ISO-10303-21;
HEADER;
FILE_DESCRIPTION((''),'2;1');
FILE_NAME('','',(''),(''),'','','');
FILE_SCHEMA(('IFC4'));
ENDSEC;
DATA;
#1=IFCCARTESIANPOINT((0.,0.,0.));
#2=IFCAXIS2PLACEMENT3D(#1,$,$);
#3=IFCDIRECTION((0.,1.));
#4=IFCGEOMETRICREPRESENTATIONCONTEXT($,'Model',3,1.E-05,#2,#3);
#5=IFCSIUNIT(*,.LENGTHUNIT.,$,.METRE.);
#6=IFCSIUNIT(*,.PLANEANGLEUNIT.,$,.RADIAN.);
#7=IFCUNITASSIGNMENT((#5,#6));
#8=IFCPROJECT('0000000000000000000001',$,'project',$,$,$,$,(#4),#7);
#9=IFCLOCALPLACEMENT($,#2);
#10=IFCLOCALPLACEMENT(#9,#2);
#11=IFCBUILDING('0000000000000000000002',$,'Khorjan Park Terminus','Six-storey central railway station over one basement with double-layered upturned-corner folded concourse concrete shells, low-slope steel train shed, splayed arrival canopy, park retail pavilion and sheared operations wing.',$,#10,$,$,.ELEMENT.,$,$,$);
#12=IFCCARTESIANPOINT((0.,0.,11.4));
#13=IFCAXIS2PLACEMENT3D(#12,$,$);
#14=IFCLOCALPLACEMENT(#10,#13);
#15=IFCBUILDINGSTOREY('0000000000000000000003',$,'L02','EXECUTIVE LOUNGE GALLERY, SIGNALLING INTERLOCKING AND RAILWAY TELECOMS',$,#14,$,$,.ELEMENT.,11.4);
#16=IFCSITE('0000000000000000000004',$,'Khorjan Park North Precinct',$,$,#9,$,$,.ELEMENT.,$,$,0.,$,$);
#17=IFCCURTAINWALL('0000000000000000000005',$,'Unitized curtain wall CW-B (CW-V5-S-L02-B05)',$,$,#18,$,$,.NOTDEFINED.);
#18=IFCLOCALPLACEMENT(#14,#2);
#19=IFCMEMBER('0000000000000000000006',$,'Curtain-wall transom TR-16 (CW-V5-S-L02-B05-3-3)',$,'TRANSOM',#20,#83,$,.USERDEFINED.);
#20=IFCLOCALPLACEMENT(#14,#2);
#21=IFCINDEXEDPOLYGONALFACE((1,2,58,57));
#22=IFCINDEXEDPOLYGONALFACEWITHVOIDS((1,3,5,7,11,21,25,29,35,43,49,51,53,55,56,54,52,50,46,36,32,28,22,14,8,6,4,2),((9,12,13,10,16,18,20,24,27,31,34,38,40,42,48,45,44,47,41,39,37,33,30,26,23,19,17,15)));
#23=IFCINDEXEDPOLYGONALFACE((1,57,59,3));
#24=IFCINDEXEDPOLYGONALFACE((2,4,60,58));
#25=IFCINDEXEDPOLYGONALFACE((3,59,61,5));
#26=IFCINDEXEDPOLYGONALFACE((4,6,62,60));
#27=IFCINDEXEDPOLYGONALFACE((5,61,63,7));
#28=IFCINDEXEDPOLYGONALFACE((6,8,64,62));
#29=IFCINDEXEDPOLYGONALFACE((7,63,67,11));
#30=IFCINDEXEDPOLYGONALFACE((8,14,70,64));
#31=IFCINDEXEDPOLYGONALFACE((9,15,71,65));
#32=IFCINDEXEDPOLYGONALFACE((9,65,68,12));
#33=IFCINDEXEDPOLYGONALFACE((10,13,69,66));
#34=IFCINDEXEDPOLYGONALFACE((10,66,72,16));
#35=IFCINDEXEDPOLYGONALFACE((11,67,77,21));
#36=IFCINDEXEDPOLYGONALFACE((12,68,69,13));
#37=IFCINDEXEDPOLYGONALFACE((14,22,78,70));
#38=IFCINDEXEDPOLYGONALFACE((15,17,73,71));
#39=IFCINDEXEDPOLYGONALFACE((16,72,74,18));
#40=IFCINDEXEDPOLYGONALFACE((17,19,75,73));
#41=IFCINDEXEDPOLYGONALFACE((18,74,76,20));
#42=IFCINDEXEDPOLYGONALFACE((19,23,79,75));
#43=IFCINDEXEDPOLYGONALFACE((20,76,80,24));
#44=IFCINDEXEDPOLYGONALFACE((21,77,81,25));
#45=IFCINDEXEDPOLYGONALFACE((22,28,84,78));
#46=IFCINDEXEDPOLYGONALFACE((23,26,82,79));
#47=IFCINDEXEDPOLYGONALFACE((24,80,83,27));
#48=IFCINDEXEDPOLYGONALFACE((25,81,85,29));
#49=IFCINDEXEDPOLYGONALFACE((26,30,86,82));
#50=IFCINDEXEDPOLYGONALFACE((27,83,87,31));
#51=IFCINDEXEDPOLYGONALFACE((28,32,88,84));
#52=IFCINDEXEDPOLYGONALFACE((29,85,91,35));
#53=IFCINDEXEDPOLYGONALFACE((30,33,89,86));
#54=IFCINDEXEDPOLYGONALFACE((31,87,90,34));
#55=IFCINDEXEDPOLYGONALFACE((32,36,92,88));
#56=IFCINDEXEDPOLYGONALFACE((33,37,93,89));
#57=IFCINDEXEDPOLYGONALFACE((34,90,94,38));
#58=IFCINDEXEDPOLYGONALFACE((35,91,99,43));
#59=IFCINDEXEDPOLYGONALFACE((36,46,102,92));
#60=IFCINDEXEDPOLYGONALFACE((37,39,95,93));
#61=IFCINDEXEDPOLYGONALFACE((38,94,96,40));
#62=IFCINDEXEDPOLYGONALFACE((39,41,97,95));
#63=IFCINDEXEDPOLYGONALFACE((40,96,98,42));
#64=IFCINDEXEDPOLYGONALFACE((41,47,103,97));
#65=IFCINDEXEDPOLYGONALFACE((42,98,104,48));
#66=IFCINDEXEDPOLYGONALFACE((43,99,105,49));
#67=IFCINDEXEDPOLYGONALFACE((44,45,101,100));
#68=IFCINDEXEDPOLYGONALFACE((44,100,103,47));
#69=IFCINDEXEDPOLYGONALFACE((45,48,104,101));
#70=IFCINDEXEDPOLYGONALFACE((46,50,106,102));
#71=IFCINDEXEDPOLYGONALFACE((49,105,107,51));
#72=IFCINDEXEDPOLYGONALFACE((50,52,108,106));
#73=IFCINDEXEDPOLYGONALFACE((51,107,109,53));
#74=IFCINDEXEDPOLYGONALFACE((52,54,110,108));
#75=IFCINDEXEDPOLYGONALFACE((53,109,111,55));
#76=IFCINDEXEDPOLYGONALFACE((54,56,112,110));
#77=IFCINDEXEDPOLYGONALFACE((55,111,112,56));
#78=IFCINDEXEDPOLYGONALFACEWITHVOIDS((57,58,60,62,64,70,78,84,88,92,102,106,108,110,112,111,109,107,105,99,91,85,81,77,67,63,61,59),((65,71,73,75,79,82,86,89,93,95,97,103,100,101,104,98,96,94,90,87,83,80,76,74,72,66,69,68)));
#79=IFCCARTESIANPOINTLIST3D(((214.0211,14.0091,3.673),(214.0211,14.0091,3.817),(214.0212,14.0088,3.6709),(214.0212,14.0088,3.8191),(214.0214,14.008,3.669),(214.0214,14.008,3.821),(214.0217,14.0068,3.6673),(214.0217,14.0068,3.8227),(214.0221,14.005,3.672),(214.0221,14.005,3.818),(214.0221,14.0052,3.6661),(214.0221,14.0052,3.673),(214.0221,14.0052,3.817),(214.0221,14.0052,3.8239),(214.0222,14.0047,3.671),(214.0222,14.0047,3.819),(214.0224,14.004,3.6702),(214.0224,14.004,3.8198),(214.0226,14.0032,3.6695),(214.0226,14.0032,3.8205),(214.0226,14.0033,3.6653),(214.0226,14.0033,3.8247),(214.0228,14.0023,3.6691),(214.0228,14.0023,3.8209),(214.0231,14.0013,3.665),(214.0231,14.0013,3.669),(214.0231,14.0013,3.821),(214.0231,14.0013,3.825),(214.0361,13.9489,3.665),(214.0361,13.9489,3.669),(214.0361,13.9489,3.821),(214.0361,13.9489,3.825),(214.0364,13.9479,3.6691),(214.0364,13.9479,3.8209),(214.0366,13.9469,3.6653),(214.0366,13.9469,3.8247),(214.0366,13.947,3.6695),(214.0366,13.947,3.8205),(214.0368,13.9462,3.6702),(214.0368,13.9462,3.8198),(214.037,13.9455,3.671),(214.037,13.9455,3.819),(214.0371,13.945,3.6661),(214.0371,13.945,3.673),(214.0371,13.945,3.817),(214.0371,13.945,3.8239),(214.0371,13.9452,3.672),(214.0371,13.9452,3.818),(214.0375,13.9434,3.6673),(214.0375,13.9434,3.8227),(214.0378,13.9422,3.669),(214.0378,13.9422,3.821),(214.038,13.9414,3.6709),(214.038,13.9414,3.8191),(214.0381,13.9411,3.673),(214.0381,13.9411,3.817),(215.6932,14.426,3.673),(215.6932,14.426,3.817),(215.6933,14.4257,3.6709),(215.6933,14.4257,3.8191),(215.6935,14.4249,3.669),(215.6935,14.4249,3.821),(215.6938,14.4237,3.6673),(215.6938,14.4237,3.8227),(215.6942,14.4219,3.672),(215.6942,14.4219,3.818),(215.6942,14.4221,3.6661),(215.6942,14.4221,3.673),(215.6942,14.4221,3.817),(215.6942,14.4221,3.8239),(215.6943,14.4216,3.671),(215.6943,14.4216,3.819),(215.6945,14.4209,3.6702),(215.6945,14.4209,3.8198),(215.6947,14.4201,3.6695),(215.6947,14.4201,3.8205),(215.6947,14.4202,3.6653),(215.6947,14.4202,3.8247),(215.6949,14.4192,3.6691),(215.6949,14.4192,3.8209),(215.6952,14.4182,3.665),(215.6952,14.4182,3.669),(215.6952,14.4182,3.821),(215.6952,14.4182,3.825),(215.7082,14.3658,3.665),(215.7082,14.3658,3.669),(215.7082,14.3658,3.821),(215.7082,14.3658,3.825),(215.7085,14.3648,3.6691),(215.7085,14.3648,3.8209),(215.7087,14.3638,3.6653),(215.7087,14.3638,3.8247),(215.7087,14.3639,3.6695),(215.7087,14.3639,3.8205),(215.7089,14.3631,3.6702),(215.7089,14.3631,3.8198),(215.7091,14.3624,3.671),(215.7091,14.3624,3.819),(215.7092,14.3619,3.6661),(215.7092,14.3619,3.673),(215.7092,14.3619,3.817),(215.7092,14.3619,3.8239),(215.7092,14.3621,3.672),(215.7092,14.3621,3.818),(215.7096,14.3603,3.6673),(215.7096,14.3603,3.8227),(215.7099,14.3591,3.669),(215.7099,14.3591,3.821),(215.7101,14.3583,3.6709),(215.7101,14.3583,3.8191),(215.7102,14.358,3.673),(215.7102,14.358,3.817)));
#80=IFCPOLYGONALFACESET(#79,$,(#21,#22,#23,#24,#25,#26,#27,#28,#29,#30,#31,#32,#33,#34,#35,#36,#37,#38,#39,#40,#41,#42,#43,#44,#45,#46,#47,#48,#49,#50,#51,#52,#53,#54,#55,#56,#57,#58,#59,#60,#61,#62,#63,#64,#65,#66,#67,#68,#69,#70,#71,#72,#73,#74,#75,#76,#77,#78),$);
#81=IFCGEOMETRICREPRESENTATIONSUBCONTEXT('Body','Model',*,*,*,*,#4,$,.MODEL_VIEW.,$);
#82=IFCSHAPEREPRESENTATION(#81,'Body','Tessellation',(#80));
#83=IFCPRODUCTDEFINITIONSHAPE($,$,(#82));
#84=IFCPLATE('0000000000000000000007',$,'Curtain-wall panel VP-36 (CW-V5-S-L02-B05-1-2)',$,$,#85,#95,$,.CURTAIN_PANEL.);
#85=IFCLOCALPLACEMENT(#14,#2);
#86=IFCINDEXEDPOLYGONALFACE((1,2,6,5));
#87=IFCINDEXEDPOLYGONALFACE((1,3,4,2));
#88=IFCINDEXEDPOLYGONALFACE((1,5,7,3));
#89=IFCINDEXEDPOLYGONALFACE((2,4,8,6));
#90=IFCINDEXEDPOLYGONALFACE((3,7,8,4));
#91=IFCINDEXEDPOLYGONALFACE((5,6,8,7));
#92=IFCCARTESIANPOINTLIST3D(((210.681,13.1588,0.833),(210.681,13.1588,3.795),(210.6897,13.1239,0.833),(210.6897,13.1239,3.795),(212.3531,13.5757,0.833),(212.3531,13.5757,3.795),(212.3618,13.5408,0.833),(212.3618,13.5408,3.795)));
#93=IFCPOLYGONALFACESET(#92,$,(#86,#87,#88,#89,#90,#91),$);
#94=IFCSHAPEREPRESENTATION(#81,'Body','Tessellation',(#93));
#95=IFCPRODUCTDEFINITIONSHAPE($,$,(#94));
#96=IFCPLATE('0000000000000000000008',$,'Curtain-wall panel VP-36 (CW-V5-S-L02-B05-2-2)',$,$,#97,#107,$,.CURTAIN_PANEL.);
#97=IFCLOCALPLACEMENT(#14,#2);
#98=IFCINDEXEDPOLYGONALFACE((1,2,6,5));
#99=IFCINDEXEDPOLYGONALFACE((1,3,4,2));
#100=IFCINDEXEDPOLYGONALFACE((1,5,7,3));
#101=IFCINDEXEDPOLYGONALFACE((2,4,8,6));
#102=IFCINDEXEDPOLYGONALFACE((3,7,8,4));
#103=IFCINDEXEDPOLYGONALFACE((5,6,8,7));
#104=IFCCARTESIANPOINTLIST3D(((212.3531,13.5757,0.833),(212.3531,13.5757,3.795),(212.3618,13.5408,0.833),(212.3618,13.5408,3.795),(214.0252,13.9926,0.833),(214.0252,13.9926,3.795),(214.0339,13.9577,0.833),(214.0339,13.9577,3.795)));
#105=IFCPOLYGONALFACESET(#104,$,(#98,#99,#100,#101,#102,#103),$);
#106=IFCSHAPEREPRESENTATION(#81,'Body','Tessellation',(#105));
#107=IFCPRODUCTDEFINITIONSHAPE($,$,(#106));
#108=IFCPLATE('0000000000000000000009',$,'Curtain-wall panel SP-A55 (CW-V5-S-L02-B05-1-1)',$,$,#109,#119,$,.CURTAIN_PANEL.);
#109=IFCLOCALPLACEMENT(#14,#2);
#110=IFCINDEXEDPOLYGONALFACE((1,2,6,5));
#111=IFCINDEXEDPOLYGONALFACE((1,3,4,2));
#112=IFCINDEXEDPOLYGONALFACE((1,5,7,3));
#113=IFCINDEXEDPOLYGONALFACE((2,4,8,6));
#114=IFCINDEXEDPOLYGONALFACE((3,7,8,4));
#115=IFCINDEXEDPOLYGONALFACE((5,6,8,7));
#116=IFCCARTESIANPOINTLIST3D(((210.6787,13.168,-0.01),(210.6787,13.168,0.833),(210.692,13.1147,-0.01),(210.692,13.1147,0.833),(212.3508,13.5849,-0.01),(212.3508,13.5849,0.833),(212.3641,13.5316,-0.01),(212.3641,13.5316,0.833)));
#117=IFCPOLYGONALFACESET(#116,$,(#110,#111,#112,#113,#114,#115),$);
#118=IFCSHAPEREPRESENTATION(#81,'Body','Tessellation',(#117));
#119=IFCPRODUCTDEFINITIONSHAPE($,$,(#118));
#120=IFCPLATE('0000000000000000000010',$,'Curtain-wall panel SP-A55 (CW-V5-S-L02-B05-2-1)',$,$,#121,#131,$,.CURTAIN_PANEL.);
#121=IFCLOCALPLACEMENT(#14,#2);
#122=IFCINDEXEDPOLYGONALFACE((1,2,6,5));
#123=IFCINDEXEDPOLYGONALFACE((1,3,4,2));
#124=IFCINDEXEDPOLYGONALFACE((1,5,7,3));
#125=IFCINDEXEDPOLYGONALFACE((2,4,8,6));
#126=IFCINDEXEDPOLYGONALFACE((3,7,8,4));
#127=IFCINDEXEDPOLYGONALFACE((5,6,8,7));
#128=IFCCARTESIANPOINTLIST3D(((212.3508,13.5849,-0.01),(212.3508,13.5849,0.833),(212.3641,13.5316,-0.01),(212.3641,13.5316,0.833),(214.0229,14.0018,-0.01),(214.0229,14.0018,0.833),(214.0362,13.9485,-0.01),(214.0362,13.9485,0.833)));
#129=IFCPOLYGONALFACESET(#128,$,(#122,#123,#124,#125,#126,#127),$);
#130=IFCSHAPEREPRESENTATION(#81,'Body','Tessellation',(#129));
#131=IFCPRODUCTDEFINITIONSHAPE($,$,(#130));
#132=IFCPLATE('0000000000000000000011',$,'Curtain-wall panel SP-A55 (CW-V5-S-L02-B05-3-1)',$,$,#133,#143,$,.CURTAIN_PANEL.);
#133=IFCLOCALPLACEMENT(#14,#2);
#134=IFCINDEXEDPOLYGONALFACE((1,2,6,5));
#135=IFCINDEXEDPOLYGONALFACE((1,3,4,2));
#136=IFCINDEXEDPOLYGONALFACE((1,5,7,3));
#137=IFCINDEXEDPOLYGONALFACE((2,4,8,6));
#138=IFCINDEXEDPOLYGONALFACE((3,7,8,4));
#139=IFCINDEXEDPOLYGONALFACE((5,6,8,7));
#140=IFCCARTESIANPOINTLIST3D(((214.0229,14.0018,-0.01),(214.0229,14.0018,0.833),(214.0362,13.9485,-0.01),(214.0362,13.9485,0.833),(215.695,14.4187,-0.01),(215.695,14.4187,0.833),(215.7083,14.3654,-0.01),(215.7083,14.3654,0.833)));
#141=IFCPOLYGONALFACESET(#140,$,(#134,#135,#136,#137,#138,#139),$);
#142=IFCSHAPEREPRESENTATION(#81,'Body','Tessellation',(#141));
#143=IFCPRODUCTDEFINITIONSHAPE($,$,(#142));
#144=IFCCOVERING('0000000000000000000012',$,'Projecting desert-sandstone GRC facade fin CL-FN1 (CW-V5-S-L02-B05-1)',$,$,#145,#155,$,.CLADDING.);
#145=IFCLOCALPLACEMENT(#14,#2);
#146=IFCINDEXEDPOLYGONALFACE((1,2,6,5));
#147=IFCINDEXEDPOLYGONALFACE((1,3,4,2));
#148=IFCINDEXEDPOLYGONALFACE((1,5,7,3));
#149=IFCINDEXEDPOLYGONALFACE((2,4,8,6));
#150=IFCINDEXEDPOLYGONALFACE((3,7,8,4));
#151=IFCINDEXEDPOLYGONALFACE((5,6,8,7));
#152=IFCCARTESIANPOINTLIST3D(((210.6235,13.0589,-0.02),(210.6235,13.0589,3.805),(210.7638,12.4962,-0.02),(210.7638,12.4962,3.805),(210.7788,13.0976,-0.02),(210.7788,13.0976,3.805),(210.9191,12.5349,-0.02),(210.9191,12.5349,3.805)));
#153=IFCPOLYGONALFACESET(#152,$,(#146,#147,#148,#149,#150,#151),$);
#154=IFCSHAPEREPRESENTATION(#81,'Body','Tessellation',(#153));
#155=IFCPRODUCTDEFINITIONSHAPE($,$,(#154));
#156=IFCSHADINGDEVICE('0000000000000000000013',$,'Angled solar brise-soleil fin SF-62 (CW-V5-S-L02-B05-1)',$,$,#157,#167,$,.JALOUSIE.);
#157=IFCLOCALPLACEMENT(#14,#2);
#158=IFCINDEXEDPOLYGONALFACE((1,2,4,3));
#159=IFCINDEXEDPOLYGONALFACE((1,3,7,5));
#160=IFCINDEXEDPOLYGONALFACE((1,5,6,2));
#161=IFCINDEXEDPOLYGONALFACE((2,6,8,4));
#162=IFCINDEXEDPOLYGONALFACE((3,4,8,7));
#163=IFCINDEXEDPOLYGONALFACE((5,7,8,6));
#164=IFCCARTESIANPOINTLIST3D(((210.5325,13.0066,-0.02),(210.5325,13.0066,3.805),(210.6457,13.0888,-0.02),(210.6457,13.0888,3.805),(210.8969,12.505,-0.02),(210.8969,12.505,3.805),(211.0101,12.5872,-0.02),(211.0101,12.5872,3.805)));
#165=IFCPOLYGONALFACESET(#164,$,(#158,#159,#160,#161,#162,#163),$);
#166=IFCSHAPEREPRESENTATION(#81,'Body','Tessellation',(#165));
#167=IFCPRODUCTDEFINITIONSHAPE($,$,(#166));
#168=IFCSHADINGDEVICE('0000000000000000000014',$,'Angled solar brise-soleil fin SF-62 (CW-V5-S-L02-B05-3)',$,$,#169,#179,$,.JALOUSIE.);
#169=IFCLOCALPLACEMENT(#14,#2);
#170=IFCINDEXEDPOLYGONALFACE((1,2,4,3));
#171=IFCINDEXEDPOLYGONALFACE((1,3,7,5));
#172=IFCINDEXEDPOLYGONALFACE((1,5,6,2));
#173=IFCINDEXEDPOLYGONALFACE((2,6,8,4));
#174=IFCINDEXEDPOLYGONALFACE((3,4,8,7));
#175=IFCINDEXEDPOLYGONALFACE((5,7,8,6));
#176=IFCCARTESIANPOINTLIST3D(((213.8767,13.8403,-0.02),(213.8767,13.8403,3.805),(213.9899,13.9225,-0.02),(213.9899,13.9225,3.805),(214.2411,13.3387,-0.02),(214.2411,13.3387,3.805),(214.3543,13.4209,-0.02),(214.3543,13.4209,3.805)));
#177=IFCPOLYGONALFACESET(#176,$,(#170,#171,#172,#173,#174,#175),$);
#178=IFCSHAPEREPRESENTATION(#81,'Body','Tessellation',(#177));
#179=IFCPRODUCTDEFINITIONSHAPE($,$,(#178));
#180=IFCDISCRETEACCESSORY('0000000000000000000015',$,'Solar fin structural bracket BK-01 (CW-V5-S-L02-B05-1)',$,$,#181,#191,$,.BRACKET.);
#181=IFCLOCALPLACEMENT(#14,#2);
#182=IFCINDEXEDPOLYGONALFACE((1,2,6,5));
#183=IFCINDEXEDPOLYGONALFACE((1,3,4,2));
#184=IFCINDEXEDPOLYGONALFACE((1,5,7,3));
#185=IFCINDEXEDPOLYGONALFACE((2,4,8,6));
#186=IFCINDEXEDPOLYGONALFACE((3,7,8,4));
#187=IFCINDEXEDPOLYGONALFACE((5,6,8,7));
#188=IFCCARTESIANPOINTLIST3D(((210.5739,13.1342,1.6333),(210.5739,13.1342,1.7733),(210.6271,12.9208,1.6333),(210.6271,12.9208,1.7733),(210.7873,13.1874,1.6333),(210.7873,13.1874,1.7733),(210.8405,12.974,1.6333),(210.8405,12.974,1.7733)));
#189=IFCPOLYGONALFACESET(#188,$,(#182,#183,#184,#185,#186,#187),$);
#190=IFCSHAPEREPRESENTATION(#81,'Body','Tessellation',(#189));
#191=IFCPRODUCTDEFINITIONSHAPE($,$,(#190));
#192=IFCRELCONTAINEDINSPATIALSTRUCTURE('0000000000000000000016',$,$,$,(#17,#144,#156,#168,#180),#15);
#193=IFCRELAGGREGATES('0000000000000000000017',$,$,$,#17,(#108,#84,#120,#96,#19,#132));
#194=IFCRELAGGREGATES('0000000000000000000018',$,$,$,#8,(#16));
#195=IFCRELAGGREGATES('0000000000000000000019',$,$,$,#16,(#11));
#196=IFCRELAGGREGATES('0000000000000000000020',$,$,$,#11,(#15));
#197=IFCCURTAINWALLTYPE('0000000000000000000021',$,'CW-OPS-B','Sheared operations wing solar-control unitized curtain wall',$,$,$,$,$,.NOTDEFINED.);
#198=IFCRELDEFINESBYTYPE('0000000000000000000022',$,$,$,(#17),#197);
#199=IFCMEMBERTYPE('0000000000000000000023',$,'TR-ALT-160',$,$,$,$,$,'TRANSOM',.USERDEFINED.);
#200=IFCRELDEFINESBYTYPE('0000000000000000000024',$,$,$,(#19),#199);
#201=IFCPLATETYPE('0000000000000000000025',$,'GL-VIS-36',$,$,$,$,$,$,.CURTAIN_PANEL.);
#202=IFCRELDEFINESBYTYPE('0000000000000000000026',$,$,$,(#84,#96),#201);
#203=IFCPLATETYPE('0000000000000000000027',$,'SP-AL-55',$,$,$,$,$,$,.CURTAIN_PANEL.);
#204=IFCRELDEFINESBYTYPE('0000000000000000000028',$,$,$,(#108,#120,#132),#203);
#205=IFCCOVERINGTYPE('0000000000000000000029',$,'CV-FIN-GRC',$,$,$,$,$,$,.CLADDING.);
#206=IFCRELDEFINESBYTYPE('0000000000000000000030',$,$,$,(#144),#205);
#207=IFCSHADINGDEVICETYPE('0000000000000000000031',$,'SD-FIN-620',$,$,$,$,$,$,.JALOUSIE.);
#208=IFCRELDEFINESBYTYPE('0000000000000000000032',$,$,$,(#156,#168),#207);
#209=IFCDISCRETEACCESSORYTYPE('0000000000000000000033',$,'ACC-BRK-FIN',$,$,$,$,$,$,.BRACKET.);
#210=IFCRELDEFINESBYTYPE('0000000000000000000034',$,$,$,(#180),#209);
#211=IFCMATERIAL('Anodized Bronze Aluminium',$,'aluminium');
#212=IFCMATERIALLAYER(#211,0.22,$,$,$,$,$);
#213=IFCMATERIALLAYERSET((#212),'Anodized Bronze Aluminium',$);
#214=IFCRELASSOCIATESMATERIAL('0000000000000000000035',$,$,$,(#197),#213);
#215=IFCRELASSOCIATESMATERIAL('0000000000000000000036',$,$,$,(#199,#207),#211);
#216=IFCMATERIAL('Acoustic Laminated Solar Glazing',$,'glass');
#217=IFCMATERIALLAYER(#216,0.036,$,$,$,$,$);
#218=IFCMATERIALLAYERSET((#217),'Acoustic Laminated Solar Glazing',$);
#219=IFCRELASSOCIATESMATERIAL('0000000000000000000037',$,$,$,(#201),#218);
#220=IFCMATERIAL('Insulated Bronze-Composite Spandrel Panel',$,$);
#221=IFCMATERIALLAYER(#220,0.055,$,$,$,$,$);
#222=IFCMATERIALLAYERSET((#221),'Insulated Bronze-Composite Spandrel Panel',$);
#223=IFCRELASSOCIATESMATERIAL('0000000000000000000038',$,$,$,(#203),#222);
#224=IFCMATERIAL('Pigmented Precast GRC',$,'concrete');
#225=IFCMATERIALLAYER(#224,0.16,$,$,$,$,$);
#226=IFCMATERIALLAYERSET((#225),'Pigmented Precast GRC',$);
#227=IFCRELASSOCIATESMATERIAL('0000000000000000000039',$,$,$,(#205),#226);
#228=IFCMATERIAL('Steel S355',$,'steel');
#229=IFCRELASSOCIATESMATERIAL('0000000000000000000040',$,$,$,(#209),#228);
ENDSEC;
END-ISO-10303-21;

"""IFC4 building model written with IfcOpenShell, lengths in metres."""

from ifc_helpers import new_model, si_unit, direction, frame, origin, origin_2d, place, context, subcontext, project, spatial, rectangle, hollow_rectangle, extrude, material, layer, layer_set, material_profile, profile_set, type_object, element, aggregate, save


model = new_model("IFC4")

# Units and contexts
model_context = context("Model", 3, precision=1e-05, world=origin(), true_north=direction((0.0, 1.0)))
body_context = subcontext(model_context, "Body", "Model", "MODEL_VIEW")
ifc_project = project(units=[si_unit("LENGTHUNIT", "METRE"), si_unit("PLANEANGLEUNIT", "RADIAN")], contexts=[model_context])

# Site, building, storey
site_placement = place(None, origin())
site = spatial("IfcSite", under=ifc_project, at=site_placement, Name="Khorjan Park North Precinct", CompositionType="ELEMENT", RefElevation=0.0)
building_placement = place(site_placement, origin())
building = spatial("IfcBuilding", under=site, at=building_placement, Name="Khorjan Park Terminus", Description="Six-storey central railway station over one basement with double-layered upturned-corner folded concourse concrete shells, low-slope steel train shed, splayed arrival canopy, park retail pavilion and sheared operations wing.", CompositionType="ELEMENT")
storey_placement = place(building_placement, frame((0.0, 0.0, 11.4)))
storey = spatial("IfcBuildingStorey", under=building, at=storey_placement, Name="L02", Description="EXECUTIVE LOUNGE GALLERY, SIGNALLING INTERLOCKING AND RAILWAY TELECOMS", CompositionType="ELEMENT", Elevation=11.4)

# Curtain wall, member, plates
ifc_material_1 = material(Name="Anodized Bronze Aluminium", Category="aluminium")
ifc_layer_1 = layer(ifc_material_1, 0.22)
ifc_layer_set_1 = layer_set([ifc_layer_1], Name="Anodized Bronze Aluminium")
curtain_wall_type = type_object("IfcCurtainWallType", Name="CW-OPS-B", Description="Sheared operations wing solar-control unitized curtain wall", PredefinedType="NOTDEFINED", material=ifc_layer_set_1)
curtain_wall_placement = place(storey_placement, origin())
curtain_wall = element("IfcCurtainWall", 1, at=curtain_wall_placement, inside=storey, type_object=curtain_wall_type, Name="Unitized curtain wall CW-B (CW-V5-S-L02-B05)", PredefinedType="NOTDEFINED")
ifc_material_profile_1 = material_profile(ifc_material_1, hollow_rectangle(XDim=0.07, YDim=0.16, WallThickness=0.004, InnerFilletRadius=0.004, OuterFilletRadius=0.008, at=origin_2d()), Name="ALT 70x160x4")
ifc_profile_set_1 = profile_set([ifc_material_profile_1], Name="Anodized Bronze Aluminium")
member_type_1 = type_object("IfcMemberType", Name="TR-ALT-160", ElementType="TRANSOM", PredefinedType="USERDEFINED", material=ifc_profile_set_1)
member_1_placement = place(storey_placement, frame((214.0296, 13.9751, 3.745), z_axis=(0.970296, 0.241921, 0.0), x_axis=(-0.241921, 0.970296, 0.0)))
member_1 = element("IfcMember", 2, at=member_1_placement, type_object=member_type_1, Name="Curtain-wall transom TR-16 (CW-V5-S-L02-B05-3-3)", ObjectType="TRANSOM", PredefinedType="USERDEFINED", context=body_context, shape_type="SweptSolid", body=[
    extrude(hollow_rectangle(XDim=0.07, YDim=0.16, WallThickness=0.004, InnerFilletRadius=0.004, OuterFilletRadius=0.008, at=origin_2d()), origin(), (0.0, 0.0, 1.0), 1.7233),
])
ifc_material_2 = material(Name="Acoustic Laminated Solar Glazing", Category="glass")
ifc_layer_2 = layer(ifc_material_2, 0.036)
ifc_layer_set_2 = layer_set([ifc_layer_2], Name="Acoustic Laminated Solar Glazing")
plate_type_1 = type_object("IfcPlateType", Name="GL-VIS-36", PredefinedType="CURTAIN_PANEL", material=ifc_layer_set_2)
plate_1_placement = place(storey_placement, frame((211.5214, 13.3498, 0.833), z_axis=(0.0, 0.0, 1.0), x_axis=(0.970298, 0.241912, 0.0)))
plate_1 = element("IfcPlate", 3, at=plate_1_placement, type_object=plate_type_1, Name="Curtain-wall panel VP-36 (CW-V5-S-L02-B05-1-2)", PredefinedType="CURTAIN_PANEL", context=body_context, shape_type="SweptSolid", body=[
    extrude(rectangle(XDim=1.7233, YDim=0.036, at=origin_2d()), origin(), (0.0, 0.0, 1.0), 2.962),
])
plate_2_placement = place(storey_placement, frame((213.1935, 13.7667, 0.833), z_axis=(0.0, 0.0, 1.0), x_axis=(0.970298, 0.241912, 0.0)))
plate_2 = element("IfcPlate", 4, at=plate_2_placement, type_object=plate_type_1, Name="Curtain-wall panel VP-36 (CW-V5-S-L02-B05-2-2)", PredefinedType="CURTAIN_PANEL", context=body_context, shape_type="SweptSolid", body=[
    extrude(rectangle(XDim=1.7233, YDim=0.036, at=origin_2d()), origin(), (0.0, 0.0, 1.0), 2.962),
])
ifc_material_3 = material(Name="Insulated Bronze-Composite Spandrel Panel")
ifc_layer_3 = layer(ifc_material_3, 0.055)
ifc_layer_set_3 = layer_set([ifc_layer_3], Name="Insulated Bronze-Composite Spandrel Panel")
plate_type_2 = type_object("IfcPlateType", Name="SP-AL-55", PredefinedType="CURTAIN_PANEL", material=ifc_layer_set_3)
plate_3_placement = place(storey_placement, frame((211.5214, 13.3498, -0.01), z_axis=(0.0, 0.0, 1.0), x_axis=(0.970298, 0.241912, 0.0)))
plate_3 = element("IfcPlate", 5, at=plate_3_placement, type_object=plate_type_2, Name="Curtain-wall panel SP-A55 (CW-V5-S-L02-B05-1-1)", PredefinedType="CURTAIN_PANEL", context=body_context, shape_type="SweptSolid", body=[
    extrude(rectangle(XDim=1.7233, YDim=0.055, at=origin_2d()), origin(), (0.0, 0.0, 1.0), 0.843),
])
plate_4_placement = place(storey_placement, frame((213.1935, 13.7667, -0.01), z_axis=(0.0, 0.0, 1.0), x_axis=(0.970298, 0.241912, 0.0)))
plate_4 = element("IfcPlate", 6, at=plate_4_placement, type_object=plate_type_2, Name="Curtain-wall panel SP-A55 (CW-V5-S-L02-B05-2-1)", PredefinedType="CURTAIN_PANEL", context=body_context, shape_type="SweptSolid", body=[
    extrude(rectangle(XDim=1.7233, YDim=0.055, at=origin_2d()), origin(), (0.0, 0.0, 1.0), 0.843),
])
plate_5_placement = place(storey_placement, frame((214.8656, 14.1836, -0.01), z_axis=(0.0, 0.0, 1.0), x_axis=(0.970298, 0.241912, 0.0)))
plate_5 = element("IfcPlate", 7, at=plate_5_placement, type_object=plate_type_2, Name="Curtain-wall panel SP-A55 (CW-V5-S-L02-B05-3-1)", PredefinedType="CURTAIN_PANEL", context=body_context, shape_type="SweptSolid", body=[
    extrude(rectangle(XDim=1.7233, YDim=0.055, at=origin_2d()), origin(), (0.0, 0.0, 1.0), 0.843),
])
aggregate(curtain_wall, [plate_3, plate_1, plate_4, plate_2, member_1, plate_5])

# Covering
ifc_material_4 = material(Name="Pigmented Precast GRC", Category="concrete")
ifc_layer_4 = layer(ifc_material_4, 0.16)
ifc_layer_set_4 = layer_set([ifc_layer_4], Name="Pigmented Precast GRC")
covering_type = type_object("IfcCoveringType", Name="CV-FIN-GRC", PredefinedType="CLADDING", material=ifc_layer_set_4)
covering_placement = place(storey_placement, frame((210.7713, 12.7969, -0.02), z_axis=(0.0, 0.0, 1.0), x_axis=(-0.241922, 0.970296, 0.0)))
element("IfcCovering", 8, at=covering_placement, inside=storey, type_object=covering_type, Name="Projecting desert-sandstone GRC facade fin CL-FN1 (CW-V5-S-L02-B05-1)", PredefinedType="CLADDING", context=body_context, shape_type="SweptSolid", body=[
    extrude(rectangle(XDim=0.58, YDim=0.16, at=origin_2d()), origin(), (0.0, 0.0, 1.0), 3.825),
])

# Shading devices
shading_device_type = type_object("IfcShadingDeviceType", Name="SD-FIN-620", PredefinedType="JALOUSIE", material=ifc_material_1)
for number, where, z_axis, x_axis, name in (
    (9, (210.7713, 12.7969, -0.02), (0.0, 0.0, 1.0), (-0.587785, 0.809017, 0.0), "Angled solar brise-soleil fin SF-62 (CW-V5-S-L02-B05-1)"),
    (10, (214.1155, 13.6306, -0.02), (0.0, 0.0, 1.0), (-0.587785, 0.809017, 0.0), "Angled solar brise-soleil fin SF-62 (CW-V5-S-L02-B05-3)"),
):
    element("IfcShadingDevice", number, at=place(storey_placement, frame(where, z_axis=z_axis, x_axis=x_axis)), inside=storey, type_object=shading_device_type, Name=name, PredefinedType="JALOUSIE", context=body_context, shape_type="SweptSolid", body=[
        extrude(rectangle(XDim=0.62, YDim=0.14, at=origin_2d()), origin(), (0.0, 0.0, 1.0), 3.825),
    ])

# Discrete accessory
ifc_material_5 = material(Name="Steel S355", Category="steel")
discrete_accessory_type = type_object("IfcDiscreteAccessoryType", Name="ACC-BRK-FIN", PredefinedType="BRACKET", material=ifc_material_5)
for number, where, z_axis, x_axis, name in (
    (11, (210.7072, 13.0541, 1.6333), (0.0, 0.0, 1.0), (0.970298, 0.241912, 0.0), "Solar fin structural bracket BK-01 (CW-V5-S-L02-B05-1)"),
):
    element("IfcDiscreteAccessory", number, at=place(storey_placement, frame(where, z_axis=z_axis, x_axis=x_axis)), inside=storey, type_object=discrete_accessory_type, Name=name, PredefinedType="BRACKET", context=body_context, shape_type="SweptSolid", body=[
        extrude(rectangle(XDim=0.22, YDim=0.22, at=origin_2d()), origin(), (0.0, 0.0, 1.0), 0.14),
    ])

save(model, "model.ifc")
